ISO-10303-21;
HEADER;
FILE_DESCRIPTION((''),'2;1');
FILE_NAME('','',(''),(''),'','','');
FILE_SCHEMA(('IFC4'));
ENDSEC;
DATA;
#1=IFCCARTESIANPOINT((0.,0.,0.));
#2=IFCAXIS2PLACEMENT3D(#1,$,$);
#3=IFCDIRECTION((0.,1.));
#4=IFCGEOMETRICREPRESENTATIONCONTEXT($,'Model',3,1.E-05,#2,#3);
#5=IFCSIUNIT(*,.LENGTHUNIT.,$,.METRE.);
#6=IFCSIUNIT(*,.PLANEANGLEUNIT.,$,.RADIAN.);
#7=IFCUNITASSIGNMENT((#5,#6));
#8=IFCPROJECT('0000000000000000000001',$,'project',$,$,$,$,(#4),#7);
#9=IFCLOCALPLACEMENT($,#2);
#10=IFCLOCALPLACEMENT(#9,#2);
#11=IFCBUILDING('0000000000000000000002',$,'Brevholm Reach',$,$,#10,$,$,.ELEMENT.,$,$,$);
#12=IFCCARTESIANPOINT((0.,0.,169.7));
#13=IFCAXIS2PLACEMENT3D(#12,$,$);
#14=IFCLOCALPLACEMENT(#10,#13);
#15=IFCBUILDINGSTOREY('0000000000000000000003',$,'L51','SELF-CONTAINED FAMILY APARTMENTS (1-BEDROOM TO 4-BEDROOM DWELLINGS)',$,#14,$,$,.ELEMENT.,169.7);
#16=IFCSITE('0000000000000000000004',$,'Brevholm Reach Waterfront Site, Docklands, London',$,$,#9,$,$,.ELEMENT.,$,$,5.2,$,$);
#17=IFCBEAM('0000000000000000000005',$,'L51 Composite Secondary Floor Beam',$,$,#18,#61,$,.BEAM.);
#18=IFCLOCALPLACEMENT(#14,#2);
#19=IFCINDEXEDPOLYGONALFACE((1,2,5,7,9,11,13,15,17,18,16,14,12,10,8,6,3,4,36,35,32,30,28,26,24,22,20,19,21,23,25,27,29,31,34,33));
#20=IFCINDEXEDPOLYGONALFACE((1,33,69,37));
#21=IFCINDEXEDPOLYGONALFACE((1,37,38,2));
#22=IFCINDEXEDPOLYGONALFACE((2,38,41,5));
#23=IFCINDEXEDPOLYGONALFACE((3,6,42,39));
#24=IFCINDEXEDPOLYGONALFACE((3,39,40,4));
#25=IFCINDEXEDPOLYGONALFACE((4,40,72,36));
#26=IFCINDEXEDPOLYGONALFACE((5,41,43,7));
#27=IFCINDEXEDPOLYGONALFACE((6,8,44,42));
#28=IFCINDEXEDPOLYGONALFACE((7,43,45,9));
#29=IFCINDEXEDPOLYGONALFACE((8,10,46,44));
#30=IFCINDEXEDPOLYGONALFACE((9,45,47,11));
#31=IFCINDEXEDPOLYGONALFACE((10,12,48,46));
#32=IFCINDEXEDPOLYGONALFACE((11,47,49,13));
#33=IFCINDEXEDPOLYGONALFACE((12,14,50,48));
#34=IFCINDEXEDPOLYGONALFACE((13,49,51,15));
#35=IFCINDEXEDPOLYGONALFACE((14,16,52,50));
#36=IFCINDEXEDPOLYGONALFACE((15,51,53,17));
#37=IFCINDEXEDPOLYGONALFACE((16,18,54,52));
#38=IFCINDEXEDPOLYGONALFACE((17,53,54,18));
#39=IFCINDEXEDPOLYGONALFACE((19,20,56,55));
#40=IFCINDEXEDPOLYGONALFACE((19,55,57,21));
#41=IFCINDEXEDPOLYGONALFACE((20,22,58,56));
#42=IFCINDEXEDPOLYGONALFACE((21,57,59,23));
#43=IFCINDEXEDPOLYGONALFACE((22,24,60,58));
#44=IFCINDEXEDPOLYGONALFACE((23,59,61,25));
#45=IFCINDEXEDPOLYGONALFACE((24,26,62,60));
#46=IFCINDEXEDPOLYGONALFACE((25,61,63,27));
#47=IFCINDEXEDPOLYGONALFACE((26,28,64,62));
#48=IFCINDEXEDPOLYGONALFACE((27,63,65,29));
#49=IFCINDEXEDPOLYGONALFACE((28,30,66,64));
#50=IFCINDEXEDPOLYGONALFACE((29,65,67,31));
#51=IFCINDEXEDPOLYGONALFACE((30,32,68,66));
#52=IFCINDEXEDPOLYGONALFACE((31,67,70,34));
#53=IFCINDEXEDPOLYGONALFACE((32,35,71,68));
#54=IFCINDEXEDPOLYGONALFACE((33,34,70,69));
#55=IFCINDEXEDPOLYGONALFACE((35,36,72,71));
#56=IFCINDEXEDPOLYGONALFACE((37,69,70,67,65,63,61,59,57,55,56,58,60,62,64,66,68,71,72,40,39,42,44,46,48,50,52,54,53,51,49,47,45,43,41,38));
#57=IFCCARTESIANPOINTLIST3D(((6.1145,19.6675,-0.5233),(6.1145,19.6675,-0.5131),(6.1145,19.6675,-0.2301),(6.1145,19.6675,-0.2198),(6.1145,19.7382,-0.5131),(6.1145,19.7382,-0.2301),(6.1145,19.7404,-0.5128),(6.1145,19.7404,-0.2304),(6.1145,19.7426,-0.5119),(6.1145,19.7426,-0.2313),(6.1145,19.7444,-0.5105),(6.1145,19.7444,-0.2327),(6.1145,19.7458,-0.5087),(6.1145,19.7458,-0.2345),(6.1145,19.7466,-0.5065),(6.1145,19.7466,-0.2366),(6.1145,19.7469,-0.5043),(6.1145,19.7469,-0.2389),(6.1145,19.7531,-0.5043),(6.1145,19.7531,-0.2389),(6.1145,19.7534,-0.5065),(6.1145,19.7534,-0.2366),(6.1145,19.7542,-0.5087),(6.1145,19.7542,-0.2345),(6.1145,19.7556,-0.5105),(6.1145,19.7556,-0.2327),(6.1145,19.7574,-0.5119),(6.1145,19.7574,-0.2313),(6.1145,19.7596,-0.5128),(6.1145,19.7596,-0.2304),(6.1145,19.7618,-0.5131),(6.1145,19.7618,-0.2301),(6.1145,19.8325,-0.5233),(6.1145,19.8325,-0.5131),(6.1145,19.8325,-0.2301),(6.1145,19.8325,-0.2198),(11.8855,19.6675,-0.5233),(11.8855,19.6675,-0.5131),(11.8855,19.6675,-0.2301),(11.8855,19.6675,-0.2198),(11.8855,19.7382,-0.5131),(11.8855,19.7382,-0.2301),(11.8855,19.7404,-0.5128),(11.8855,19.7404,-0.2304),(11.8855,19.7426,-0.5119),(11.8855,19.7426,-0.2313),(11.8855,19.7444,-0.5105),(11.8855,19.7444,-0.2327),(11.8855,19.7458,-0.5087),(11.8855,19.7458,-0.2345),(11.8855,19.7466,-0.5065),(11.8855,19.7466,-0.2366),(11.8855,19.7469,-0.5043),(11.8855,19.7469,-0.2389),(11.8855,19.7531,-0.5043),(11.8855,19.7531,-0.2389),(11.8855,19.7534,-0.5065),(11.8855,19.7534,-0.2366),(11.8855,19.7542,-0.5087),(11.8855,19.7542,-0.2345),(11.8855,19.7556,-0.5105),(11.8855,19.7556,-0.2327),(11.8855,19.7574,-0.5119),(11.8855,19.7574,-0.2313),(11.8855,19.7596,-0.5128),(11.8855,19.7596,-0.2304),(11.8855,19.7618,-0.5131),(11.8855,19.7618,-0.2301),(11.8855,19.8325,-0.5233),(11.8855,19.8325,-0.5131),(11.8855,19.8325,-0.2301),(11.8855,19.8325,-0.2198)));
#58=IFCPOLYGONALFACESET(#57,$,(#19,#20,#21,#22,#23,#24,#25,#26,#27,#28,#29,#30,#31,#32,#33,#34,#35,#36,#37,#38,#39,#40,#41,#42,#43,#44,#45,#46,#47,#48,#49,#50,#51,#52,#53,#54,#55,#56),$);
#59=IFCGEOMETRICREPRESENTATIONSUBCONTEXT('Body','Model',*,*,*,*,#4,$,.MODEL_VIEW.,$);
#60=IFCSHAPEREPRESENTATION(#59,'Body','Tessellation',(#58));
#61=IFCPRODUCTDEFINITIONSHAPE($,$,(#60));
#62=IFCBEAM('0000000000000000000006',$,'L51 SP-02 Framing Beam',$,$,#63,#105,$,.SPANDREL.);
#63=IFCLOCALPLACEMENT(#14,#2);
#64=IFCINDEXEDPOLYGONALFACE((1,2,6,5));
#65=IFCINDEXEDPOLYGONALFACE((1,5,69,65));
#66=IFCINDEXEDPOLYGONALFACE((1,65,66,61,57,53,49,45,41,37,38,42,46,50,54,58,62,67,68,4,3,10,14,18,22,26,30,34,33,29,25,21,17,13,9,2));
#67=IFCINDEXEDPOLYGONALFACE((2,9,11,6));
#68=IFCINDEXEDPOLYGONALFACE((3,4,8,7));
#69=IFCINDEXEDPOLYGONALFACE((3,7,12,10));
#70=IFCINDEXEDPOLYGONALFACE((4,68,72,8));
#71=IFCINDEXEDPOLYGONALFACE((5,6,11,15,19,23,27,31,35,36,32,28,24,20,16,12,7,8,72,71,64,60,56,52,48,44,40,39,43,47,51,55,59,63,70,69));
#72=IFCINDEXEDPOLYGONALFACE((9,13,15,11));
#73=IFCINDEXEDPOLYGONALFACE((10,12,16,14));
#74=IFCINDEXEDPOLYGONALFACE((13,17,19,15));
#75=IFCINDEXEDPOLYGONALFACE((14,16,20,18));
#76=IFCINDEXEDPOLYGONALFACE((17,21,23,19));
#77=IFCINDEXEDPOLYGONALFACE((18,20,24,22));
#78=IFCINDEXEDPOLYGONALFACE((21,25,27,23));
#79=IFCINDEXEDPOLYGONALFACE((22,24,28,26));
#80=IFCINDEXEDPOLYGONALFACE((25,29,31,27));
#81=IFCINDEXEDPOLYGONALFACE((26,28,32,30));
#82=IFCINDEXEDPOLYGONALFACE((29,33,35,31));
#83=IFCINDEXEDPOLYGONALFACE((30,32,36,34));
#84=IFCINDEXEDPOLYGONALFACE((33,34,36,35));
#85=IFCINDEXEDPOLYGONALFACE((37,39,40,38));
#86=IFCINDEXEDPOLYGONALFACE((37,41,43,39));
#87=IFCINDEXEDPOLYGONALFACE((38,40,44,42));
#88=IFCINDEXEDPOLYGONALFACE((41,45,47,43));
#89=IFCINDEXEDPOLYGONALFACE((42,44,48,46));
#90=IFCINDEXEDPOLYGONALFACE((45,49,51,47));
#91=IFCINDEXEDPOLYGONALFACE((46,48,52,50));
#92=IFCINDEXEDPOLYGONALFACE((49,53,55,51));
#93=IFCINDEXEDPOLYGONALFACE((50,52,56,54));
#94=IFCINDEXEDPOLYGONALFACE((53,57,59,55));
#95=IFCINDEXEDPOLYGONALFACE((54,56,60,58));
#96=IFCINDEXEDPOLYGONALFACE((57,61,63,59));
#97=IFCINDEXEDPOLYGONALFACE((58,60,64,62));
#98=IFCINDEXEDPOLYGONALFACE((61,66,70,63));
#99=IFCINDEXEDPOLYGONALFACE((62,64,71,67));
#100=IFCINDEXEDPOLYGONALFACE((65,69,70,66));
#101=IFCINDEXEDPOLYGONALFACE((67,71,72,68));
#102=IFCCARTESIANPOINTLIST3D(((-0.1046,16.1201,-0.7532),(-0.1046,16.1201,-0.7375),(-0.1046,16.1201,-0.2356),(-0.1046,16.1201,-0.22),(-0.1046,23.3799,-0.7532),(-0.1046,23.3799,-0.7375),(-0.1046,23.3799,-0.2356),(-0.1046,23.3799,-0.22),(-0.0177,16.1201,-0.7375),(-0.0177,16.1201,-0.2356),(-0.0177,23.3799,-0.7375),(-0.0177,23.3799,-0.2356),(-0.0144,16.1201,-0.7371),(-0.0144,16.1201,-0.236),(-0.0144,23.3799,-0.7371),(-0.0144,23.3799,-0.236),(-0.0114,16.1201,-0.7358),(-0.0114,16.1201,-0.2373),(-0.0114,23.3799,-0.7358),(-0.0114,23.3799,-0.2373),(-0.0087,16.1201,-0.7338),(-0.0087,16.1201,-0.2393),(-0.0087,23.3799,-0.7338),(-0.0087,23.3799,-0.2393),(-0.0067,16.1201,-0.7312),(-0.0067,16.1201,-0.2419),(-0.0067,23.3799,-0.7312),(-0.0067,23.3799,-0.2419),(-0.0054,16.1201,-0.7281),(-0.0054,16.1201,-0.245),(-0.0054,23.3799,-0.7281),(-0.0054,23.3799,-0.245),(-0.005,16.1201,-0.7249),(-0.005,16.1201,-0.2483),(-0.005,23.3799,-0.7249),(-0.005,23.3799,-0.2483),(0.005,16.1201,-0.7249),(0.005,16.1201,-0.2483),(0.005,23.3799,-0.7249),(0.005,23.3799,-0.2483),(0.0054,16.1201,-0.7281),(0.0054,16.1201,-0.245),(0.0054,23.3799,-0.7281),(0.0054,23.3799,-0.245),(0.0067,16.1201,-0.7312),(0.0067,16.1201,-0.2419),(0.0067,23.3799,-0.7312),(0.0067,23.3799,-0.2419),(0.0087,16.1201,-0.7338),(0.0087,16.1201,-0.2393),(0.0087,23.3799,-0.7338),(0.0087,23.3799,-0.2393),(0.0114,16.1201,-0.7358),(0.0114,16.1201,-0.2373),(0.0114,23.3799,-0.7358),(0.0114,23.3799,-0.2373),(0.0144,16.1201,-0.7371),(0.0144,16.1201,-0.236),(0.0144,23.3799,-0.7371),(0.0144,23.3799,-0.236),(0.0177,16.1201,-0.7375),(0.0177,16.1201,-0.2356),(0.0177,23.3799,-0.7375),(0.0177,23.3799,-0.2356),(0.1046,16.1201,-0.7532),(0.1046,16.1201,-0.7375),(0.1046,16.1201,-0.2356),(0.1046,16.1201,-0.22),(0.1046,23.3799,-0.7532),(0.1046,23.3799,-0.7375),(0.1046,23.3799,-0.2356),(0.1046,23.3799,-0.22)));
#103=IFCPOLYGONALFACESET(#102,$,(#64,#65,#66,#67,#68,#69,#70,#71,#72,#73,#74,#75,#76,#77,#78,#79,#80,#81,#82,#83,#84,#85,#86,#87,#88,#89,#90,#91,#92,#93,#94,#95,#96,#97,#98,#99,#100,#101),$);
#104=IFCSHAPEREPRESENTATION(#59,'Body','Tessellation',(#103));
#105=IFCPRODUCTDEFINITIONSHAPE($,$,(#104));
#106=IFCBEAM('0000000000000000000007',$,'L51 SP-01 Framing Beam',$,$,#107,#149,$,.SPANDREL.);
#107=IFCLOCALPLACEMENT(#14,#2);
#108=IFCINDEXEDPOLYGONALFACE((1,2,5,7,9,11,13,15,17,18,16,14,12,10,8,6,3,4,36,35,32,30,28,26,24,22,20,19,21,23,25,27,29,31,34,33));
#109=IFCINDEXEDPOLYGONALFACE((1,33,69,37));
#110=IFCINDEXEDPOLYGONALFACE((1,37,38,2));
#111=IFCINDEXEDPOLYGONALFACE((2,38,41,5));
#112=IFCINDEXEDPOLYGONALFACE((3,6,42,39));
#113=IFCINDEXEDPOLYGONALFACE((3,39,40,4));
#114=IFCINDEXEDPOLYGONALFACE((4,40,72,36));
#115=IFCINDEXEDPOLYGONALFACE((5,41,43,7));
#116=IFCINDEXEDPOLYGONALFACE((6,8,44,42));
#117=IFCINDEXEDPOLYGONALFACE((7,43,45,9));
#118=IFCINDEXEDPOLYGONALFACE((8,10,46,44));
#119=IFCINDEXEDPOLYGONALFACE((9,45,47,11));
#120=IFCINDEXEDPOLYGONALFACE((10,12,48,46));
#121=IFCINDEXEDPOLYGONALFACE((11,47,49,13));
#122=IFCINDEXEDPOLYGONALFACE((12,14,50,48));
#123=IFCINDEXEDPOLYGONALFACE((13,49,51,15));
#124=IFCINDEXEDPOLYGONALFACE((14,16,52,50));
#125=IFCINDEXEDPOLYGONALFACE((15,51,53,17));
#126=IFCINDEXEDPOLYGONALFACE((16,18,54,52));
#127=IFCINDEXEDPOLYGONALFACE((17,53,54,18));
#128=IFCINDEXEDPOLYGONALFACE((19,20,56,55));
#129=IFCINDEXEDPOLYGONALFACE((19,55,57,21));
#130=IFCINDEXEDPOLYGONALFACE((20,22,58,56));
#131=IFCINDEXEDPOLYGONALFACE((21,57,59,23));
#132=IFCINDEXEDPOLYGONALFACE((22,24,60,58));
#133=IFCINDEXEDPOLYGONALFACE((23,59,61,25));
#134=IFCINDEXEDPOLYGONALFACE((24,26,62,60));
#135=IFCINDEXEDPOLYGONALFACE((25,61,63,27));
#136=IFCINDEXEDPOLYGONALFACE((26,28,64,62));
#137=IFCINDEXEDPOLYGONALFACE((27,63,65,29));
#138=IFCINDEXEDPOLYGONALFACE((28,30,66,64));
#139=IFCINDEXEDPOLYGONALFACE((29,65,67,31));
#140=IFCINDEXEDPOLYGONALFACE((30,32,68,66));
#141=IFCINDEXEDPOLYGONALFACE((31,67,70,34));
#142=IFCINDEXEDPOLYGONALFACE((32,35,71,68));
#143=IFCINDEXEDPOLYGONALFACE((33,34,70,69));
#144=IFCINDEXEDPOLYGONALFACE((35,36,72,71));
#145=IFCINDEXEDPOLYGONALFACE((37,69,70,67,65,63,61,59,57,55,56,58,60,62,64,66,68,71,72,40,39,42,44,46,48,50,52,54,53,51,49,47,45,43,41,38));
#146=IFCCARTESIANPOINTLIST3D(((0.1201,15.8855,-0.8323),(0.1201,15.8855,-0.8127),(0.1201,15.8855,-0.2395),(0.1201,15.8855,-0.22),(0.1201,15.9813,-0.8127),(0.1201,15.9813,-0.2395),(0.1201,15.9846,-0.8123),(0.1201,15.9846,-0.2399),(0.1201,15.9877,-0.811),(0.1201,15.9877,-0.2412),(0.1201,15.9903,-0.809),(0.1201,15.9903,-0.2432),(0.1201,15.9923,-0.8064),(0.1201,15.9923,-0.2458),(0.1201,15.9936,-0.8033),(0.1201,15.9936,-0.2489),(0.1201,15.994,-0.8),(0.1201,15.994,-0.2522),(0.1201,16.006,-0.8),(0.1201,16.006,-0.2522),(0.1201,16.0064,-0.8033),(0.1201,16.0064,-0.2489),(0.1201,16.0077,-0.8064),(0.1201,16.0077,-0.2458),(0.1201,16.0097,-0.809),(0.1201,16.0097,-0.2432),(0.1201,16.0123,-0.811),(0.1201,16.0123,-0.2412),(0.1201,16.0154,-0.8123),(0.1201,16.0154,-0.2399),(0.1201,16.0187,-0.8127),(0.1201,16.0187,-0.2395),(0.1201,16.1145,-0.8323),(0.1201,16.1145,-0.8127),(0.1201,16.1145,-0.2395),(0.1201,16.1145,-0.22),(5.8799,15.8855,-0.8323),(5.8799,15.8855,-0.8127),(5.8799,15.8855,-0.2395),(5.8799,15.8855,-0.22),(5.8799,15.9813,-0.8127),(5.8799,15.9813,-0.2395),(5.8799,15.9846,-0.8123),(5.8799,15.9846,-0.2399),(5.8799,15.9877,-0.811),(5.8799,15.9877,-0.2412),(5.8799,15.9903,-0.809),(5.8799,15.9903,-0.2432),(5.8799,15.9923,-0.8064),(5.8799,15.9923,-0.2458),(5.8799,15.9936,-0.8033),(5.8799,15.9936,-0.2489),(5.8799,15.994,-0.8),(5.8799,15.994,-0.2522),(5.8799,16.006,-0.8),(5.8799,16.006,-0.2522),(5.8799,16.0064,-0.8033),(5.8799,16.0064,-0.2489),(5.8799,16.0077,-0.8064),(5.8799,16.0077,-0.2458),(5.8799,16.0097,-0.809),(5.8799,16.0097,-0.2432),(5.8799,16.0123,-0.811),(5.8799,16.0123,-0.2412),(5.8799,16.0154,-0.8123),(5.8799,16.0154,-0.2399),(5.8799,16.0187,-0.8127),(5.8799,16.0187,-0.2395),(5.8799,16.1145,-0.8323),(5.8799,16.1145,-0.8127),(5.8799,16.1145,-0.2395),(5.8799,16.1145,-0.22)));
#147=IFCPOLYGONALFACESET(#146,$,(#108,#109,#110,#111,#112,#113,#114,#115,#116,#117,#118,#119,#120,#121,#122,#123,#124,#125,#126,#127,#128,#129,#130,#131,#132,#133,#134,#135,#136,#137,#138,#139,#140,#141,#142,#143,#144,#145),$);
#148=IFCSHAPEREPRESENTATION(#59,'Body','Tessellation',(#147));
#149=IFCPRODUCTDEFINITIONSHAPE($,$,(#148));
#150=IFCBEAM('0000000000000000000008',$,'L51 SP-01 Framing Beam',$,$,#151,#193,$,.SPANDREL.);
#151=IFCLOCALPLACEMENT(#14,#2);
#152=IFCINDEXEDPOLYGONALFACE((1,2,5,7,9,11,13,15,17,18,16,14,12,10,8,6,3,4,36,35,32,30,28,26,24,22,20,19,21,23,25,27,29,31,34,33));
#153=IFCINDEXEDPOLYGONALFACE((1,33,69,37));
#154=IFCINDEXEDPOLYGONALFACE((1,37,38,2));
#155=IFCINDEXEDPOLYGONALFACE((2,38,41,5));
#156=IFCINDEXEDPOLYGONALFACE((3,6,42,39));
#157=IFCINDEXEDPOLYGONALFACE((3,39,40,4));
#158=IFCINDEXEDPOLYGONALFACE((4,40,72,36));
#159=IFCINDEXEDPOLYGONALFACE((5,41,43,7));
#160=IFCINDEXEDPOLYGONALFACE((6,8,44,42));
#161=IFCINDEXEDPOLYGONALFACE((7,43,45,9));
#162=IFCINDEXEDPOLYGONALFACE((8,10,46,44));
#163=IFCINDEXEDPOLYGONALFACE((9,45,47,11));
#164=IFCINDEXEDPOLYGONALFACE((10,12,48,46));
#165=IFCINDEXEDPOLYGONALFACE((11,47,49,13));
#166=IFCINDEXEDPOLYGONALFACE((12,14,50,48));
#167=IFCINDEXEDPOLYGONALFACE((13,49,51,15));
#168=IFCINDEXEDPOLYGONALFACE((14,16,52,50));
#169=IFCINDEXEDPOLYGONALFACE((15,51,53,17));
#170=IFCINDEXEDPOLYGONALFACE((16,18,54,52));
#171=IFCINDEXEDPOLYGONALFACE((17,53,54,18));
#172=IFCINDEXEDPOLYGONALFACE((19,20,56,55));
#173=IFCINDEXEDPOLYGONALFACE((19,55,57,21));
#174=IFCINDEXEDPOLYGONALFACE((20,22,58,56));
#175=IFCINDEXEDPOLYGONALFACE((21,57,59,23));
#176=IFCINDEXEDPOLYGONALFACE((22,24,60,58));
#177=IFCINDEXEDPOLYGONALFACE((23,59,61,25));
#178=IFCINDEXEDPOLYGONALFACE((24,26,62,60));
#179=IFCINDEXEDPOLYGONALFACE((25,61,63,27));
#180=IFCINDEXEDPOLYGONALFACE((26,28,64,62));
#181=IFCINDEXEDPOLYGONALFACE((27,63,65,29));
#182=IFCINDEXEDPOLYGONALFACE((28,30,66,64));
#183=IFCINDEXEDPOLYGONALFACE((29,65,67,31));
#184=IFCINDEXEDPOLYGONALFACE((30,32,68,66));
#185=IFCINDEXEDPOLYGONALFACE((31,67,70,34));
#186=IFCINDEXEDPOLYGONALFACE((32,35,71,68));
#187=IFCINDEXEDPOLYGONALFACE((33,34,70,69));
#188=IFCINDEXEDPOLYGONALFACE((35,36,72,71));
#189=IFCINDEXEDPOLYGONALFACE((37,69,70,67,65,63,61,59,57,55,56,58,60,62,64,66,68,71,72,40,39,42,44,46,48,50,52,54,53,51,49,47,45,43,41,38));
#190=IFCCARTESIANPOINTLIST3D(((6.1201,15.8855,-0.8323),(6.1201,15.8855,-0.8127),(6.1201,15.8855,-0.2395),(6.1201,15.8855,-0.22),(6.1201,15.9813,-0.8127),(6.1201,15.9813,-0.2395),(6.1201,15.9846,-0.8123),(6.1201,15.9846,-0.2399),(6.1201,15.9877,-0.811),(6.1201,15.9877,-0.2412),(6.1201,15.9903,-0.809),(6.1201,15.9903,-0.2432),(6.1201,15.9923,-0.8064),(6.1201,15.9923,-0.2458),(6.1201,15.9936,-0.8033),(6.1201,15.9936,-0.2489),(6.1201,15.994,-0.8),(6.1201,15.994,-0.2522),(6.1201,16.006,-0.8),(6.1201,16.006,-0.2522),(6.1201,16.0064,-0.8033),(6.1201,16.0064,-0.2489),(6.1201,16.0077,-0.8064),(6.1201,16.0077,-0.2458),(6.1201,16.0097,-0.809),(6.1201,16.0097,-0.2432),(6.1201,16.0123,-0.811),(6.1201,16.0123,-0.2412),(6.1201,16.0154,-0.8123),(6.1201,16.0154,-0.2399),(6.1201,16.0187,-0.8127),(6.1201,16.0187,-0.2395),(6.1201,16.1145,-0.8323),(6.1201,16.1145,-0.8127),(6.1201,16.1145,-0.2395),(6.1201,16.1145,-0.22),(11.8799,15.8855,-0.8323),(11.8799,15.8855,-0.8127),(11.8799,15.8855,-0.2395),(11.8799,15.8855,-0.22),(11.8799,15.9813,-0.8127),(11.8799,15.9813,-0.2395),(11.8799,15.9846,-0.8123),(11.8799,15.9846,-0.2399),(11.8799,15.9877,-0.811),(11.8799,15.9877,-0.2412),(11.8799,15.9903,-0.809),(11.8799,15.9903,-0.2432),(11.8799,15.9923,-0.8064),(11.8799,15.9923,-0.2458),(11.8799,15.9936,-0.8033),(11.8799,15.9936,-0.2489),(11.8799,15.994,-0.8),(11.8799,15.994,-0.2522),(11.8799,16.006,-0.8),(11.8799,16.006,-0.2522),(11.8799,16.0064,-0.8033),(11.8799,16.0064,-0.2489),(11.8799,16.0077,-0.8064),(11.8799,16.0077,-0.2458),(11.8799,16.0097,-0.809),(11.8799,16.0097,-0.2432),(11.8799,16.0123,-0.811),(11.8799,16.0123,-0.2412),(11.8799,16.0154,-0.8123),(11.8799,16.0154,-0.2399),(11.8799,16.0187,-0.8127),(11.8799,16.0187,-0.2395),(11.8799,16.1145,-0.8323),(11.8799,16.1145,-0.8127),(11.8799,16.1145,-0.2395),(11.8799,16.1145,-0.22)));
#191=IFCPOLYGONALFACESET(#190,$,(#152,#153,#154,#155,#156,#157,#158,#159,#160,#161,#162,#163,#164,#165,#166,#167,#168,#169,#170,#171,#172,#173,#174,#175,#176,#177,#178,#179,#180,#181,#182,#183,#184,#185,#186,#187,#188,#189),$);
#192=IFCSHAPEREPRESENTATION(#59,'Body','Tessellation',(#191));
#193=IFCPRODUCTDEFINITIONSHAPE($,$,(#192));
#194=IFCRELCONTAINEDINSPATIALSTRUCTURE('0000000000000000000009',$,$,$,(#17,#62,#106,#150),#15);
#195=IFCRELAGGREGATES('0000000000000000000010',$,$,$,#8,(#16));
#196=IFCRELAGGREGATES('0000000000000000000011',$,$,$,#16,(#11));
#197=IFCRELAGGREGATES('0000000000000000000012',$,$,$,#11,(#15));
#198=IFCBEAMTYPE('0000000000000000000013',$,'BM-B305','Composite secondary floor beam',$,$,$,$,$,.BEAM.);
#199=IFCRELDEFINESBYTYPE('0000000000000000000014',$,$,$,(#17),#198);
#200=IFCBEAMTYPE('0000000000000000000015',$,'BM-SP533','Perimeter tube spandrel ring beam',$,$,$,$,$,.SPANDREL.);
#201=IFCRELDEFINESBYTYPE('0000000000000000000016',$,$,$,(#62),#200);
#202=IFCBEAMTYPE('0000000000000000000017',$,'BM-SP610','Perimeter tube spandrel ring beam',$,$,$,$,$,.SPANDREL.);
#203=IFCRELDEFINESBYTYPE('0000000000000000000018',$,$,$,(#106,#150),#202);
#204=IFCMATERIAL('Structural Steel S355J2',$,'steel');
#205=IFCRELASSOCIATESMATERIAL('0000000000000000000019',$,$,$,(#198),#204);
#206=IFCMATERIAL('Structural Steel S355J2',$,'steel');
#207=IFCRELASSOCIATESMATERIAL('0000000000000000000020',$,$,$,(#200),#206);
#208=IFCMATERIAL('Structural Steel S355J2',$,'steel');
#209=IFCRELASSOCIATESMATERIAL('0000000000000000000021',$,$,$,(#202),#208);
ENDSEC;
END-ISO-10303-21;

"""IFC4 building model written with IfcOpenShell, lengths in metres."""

from ifc_helpers import new_model, si_unit, direction, frame, origin, origin_2d, place, context, subcontext, project, spatial, i_section, extrude, material, material_profile, profile_set, type_object, element, save


model = new_model("IFC4")

# Units and contexts
model_context = context("Model", 3, precision=1e-05, world=origin(), true_north=direction((0.0, 1.0)))
body_context = subcontext(model_context, "Body", "Model", "MODEL_VIEW")
ifc_project = project(units=[si_unit("LENGTHUNIT", "METRE"), si_unit("PLANEANGLEUNIT", "RADIAN")], contexts=[model_context])

# Site, building, storey
site_placement = place(None, origin())
site = spatial("IfcSite", under=ifc_project, at=site_placement, Name="Brevholm Reach Waterfront Site, Docklands, London", CompositionType="ELEMENT", RefElevation=5.2)
building_placement = place(site_placement, origin())
building = spatial("IfcBuilding", under=site, at=building_placement, Name="Brevholm Reach", CompositionType="ELEMENT")
storey_placement = place(building_placement, frame((0.0, 0.0, 169.7)))
storey = spatial("IfcBuildingStorey", under=building, at=storey_placement, Name="L51", Description="SELF-CONTAINED FAMILY APARTMENTS (1-BEDROOM TO 4-BEDROOM DWELLINGS)", CompositionType="ELEMENT", Elevation=169.7)

# Beams
ifc_material_1 = material(Name="Structural Steel S355J2", Category="steel")
ifc_material_profile_1 = material_profile(ifc_material_1, i_section(OverallWidth=0.165, OverallDepth=0.3035, WebThickness=0.0061, FlangeThickness=0.0103, FilletRadius=0.0088, at=origin_2d()), Name="UKB 305x165x40")
ifc_profile_set_1 = profile_set([ifc_material_profile_1], Name="Structural Steel S355J2")
beam_type_1 = type_object("IfcBeamType", Name="BM-B305", Description="Composite secondary floor beam", PredefinedType="BEAM", material=ifc_profile_set_1)
beam_1_placement = place(storey_placement, frame((6.1145, 19.75, -0.3716), z_axis=(1.0, 0.0, 0.0), x_axis=(0.0, 1.0, 0.0)))
element("IfcBeam", 1, at=beam_1_placement, inside=storey, type_object=beam_type_1, Name="L51 Composite Secondary Floor Beam", PredefinedType="BEAM", context=body_context, shape_type="SweptSolid", body=[
    extrude(i_section(OverallWidth=0.165, OverallDepth=0.3035, WebThickness=0.0061, FlangeThickness=0.0103, FilletRadius=0.0088, at=origin_2d()), origin(), (0.0, 0.0, 1.0), 5.771),
])
ifc_material_2 = material(Name="Structural Steel S355J2", Category="steel")
ifc_material_profile_2 = material_profile(ifc_material_2, i_section(OverallWidth=0.2092, OverallDepth=0.5332, WebThickness=0.01, FlangeThickness=0.0156, FilletRadius=0.0127, at=origin_2d()), Name="UKB 533x210x92")
ifc_profile_set_2 = profile_set([ifc_material_profile_2], Name="Structural Steel S355J2")
beam_type_2 = type_object("IfcBeamType", Name="BM-SP533", Description="Perimeter tube spandrel ring beam", PredefinedType="SPANDREL", material=ifc_profile_set_2)
beam_2_placement = place(storey_placement, frame((0.0, 16.1201, -0.4866), z_axis=(0.0, 1.0, 0.0), x_axis=(-1.0, 0.0, 0.0)))
element("IfcBeam", 2, at=beam_2_placement, inside=storey, type_object=beam_type_2, Name="L51 SP-02 Framing Beam", PredefinedType="SPANDREL", context=body_context, shape_type="SweptSolid", body=[
    extrude(i_section(OverallWidth=0.2092, OverallDepth=0.5332, WebThickness=0.01, FlangeThickness=0.0156, FilletRadius=0.0127, at=origin_2d()), origin(), (0.0, 0.0, 1.0), 7.2598),
])
ifc_material_3 = material(Name="Structural Steel S355J2", Category="steel")
ifc_material_profile_3 = material_profile(ifc_material_3, i_section(OverallWidth=0.229, OverallDepth=0.6123, WebThickness=0.012, FlangeThickness=0.0195, FilletRadius=0.0127, at=origin_2d()), Name="UKB 610x229x125")
ifc_profile_set_3 = profile_set([ifc_material_profile_3], Name="Structural Steel S355J2")
beam_type_3 = type_object("IfcBeamType", Name="BM-SP610", Description="Perimeter tube spandrel ring beam", PredefinedType="SPANDREL", material=ifc_profile_set_3)
for number, where, z_axis, x_axis, name in (
    (3, (0.1201, 16.0, -0.5261), (1.0, 0.0, 0.0), (0.0, 1.0, 0.0), "L51 SP-01 Framing Beam"),
    (4, (6.1201, 16.0, -0.5261), (1.0, 0.0, 0.0), (0.0, 1.0, 0.0), "L51 SP-01 Framing Beam"),
):
    element("IfcBeam", number, at=place(storey_placement, frame(where, z_axis=z_axis, x_axis=x_axis)), inside=storey, type_object=beam_type_3, Name=name, PredefinedType="SPANDREL", context=body_context, shape_type="SweptSolid", body=[
        extrude(i_section(OverallWidth=0.229, OverallDepth=0.6123, WebThickness=0.012, FlangeThickness=0.0195, FilletRadius=0.0127, at=origin_2d()), origin(), (0.0, 0.0, 1.0), 5.7598),
    ])

save(model, "model.ifc")
